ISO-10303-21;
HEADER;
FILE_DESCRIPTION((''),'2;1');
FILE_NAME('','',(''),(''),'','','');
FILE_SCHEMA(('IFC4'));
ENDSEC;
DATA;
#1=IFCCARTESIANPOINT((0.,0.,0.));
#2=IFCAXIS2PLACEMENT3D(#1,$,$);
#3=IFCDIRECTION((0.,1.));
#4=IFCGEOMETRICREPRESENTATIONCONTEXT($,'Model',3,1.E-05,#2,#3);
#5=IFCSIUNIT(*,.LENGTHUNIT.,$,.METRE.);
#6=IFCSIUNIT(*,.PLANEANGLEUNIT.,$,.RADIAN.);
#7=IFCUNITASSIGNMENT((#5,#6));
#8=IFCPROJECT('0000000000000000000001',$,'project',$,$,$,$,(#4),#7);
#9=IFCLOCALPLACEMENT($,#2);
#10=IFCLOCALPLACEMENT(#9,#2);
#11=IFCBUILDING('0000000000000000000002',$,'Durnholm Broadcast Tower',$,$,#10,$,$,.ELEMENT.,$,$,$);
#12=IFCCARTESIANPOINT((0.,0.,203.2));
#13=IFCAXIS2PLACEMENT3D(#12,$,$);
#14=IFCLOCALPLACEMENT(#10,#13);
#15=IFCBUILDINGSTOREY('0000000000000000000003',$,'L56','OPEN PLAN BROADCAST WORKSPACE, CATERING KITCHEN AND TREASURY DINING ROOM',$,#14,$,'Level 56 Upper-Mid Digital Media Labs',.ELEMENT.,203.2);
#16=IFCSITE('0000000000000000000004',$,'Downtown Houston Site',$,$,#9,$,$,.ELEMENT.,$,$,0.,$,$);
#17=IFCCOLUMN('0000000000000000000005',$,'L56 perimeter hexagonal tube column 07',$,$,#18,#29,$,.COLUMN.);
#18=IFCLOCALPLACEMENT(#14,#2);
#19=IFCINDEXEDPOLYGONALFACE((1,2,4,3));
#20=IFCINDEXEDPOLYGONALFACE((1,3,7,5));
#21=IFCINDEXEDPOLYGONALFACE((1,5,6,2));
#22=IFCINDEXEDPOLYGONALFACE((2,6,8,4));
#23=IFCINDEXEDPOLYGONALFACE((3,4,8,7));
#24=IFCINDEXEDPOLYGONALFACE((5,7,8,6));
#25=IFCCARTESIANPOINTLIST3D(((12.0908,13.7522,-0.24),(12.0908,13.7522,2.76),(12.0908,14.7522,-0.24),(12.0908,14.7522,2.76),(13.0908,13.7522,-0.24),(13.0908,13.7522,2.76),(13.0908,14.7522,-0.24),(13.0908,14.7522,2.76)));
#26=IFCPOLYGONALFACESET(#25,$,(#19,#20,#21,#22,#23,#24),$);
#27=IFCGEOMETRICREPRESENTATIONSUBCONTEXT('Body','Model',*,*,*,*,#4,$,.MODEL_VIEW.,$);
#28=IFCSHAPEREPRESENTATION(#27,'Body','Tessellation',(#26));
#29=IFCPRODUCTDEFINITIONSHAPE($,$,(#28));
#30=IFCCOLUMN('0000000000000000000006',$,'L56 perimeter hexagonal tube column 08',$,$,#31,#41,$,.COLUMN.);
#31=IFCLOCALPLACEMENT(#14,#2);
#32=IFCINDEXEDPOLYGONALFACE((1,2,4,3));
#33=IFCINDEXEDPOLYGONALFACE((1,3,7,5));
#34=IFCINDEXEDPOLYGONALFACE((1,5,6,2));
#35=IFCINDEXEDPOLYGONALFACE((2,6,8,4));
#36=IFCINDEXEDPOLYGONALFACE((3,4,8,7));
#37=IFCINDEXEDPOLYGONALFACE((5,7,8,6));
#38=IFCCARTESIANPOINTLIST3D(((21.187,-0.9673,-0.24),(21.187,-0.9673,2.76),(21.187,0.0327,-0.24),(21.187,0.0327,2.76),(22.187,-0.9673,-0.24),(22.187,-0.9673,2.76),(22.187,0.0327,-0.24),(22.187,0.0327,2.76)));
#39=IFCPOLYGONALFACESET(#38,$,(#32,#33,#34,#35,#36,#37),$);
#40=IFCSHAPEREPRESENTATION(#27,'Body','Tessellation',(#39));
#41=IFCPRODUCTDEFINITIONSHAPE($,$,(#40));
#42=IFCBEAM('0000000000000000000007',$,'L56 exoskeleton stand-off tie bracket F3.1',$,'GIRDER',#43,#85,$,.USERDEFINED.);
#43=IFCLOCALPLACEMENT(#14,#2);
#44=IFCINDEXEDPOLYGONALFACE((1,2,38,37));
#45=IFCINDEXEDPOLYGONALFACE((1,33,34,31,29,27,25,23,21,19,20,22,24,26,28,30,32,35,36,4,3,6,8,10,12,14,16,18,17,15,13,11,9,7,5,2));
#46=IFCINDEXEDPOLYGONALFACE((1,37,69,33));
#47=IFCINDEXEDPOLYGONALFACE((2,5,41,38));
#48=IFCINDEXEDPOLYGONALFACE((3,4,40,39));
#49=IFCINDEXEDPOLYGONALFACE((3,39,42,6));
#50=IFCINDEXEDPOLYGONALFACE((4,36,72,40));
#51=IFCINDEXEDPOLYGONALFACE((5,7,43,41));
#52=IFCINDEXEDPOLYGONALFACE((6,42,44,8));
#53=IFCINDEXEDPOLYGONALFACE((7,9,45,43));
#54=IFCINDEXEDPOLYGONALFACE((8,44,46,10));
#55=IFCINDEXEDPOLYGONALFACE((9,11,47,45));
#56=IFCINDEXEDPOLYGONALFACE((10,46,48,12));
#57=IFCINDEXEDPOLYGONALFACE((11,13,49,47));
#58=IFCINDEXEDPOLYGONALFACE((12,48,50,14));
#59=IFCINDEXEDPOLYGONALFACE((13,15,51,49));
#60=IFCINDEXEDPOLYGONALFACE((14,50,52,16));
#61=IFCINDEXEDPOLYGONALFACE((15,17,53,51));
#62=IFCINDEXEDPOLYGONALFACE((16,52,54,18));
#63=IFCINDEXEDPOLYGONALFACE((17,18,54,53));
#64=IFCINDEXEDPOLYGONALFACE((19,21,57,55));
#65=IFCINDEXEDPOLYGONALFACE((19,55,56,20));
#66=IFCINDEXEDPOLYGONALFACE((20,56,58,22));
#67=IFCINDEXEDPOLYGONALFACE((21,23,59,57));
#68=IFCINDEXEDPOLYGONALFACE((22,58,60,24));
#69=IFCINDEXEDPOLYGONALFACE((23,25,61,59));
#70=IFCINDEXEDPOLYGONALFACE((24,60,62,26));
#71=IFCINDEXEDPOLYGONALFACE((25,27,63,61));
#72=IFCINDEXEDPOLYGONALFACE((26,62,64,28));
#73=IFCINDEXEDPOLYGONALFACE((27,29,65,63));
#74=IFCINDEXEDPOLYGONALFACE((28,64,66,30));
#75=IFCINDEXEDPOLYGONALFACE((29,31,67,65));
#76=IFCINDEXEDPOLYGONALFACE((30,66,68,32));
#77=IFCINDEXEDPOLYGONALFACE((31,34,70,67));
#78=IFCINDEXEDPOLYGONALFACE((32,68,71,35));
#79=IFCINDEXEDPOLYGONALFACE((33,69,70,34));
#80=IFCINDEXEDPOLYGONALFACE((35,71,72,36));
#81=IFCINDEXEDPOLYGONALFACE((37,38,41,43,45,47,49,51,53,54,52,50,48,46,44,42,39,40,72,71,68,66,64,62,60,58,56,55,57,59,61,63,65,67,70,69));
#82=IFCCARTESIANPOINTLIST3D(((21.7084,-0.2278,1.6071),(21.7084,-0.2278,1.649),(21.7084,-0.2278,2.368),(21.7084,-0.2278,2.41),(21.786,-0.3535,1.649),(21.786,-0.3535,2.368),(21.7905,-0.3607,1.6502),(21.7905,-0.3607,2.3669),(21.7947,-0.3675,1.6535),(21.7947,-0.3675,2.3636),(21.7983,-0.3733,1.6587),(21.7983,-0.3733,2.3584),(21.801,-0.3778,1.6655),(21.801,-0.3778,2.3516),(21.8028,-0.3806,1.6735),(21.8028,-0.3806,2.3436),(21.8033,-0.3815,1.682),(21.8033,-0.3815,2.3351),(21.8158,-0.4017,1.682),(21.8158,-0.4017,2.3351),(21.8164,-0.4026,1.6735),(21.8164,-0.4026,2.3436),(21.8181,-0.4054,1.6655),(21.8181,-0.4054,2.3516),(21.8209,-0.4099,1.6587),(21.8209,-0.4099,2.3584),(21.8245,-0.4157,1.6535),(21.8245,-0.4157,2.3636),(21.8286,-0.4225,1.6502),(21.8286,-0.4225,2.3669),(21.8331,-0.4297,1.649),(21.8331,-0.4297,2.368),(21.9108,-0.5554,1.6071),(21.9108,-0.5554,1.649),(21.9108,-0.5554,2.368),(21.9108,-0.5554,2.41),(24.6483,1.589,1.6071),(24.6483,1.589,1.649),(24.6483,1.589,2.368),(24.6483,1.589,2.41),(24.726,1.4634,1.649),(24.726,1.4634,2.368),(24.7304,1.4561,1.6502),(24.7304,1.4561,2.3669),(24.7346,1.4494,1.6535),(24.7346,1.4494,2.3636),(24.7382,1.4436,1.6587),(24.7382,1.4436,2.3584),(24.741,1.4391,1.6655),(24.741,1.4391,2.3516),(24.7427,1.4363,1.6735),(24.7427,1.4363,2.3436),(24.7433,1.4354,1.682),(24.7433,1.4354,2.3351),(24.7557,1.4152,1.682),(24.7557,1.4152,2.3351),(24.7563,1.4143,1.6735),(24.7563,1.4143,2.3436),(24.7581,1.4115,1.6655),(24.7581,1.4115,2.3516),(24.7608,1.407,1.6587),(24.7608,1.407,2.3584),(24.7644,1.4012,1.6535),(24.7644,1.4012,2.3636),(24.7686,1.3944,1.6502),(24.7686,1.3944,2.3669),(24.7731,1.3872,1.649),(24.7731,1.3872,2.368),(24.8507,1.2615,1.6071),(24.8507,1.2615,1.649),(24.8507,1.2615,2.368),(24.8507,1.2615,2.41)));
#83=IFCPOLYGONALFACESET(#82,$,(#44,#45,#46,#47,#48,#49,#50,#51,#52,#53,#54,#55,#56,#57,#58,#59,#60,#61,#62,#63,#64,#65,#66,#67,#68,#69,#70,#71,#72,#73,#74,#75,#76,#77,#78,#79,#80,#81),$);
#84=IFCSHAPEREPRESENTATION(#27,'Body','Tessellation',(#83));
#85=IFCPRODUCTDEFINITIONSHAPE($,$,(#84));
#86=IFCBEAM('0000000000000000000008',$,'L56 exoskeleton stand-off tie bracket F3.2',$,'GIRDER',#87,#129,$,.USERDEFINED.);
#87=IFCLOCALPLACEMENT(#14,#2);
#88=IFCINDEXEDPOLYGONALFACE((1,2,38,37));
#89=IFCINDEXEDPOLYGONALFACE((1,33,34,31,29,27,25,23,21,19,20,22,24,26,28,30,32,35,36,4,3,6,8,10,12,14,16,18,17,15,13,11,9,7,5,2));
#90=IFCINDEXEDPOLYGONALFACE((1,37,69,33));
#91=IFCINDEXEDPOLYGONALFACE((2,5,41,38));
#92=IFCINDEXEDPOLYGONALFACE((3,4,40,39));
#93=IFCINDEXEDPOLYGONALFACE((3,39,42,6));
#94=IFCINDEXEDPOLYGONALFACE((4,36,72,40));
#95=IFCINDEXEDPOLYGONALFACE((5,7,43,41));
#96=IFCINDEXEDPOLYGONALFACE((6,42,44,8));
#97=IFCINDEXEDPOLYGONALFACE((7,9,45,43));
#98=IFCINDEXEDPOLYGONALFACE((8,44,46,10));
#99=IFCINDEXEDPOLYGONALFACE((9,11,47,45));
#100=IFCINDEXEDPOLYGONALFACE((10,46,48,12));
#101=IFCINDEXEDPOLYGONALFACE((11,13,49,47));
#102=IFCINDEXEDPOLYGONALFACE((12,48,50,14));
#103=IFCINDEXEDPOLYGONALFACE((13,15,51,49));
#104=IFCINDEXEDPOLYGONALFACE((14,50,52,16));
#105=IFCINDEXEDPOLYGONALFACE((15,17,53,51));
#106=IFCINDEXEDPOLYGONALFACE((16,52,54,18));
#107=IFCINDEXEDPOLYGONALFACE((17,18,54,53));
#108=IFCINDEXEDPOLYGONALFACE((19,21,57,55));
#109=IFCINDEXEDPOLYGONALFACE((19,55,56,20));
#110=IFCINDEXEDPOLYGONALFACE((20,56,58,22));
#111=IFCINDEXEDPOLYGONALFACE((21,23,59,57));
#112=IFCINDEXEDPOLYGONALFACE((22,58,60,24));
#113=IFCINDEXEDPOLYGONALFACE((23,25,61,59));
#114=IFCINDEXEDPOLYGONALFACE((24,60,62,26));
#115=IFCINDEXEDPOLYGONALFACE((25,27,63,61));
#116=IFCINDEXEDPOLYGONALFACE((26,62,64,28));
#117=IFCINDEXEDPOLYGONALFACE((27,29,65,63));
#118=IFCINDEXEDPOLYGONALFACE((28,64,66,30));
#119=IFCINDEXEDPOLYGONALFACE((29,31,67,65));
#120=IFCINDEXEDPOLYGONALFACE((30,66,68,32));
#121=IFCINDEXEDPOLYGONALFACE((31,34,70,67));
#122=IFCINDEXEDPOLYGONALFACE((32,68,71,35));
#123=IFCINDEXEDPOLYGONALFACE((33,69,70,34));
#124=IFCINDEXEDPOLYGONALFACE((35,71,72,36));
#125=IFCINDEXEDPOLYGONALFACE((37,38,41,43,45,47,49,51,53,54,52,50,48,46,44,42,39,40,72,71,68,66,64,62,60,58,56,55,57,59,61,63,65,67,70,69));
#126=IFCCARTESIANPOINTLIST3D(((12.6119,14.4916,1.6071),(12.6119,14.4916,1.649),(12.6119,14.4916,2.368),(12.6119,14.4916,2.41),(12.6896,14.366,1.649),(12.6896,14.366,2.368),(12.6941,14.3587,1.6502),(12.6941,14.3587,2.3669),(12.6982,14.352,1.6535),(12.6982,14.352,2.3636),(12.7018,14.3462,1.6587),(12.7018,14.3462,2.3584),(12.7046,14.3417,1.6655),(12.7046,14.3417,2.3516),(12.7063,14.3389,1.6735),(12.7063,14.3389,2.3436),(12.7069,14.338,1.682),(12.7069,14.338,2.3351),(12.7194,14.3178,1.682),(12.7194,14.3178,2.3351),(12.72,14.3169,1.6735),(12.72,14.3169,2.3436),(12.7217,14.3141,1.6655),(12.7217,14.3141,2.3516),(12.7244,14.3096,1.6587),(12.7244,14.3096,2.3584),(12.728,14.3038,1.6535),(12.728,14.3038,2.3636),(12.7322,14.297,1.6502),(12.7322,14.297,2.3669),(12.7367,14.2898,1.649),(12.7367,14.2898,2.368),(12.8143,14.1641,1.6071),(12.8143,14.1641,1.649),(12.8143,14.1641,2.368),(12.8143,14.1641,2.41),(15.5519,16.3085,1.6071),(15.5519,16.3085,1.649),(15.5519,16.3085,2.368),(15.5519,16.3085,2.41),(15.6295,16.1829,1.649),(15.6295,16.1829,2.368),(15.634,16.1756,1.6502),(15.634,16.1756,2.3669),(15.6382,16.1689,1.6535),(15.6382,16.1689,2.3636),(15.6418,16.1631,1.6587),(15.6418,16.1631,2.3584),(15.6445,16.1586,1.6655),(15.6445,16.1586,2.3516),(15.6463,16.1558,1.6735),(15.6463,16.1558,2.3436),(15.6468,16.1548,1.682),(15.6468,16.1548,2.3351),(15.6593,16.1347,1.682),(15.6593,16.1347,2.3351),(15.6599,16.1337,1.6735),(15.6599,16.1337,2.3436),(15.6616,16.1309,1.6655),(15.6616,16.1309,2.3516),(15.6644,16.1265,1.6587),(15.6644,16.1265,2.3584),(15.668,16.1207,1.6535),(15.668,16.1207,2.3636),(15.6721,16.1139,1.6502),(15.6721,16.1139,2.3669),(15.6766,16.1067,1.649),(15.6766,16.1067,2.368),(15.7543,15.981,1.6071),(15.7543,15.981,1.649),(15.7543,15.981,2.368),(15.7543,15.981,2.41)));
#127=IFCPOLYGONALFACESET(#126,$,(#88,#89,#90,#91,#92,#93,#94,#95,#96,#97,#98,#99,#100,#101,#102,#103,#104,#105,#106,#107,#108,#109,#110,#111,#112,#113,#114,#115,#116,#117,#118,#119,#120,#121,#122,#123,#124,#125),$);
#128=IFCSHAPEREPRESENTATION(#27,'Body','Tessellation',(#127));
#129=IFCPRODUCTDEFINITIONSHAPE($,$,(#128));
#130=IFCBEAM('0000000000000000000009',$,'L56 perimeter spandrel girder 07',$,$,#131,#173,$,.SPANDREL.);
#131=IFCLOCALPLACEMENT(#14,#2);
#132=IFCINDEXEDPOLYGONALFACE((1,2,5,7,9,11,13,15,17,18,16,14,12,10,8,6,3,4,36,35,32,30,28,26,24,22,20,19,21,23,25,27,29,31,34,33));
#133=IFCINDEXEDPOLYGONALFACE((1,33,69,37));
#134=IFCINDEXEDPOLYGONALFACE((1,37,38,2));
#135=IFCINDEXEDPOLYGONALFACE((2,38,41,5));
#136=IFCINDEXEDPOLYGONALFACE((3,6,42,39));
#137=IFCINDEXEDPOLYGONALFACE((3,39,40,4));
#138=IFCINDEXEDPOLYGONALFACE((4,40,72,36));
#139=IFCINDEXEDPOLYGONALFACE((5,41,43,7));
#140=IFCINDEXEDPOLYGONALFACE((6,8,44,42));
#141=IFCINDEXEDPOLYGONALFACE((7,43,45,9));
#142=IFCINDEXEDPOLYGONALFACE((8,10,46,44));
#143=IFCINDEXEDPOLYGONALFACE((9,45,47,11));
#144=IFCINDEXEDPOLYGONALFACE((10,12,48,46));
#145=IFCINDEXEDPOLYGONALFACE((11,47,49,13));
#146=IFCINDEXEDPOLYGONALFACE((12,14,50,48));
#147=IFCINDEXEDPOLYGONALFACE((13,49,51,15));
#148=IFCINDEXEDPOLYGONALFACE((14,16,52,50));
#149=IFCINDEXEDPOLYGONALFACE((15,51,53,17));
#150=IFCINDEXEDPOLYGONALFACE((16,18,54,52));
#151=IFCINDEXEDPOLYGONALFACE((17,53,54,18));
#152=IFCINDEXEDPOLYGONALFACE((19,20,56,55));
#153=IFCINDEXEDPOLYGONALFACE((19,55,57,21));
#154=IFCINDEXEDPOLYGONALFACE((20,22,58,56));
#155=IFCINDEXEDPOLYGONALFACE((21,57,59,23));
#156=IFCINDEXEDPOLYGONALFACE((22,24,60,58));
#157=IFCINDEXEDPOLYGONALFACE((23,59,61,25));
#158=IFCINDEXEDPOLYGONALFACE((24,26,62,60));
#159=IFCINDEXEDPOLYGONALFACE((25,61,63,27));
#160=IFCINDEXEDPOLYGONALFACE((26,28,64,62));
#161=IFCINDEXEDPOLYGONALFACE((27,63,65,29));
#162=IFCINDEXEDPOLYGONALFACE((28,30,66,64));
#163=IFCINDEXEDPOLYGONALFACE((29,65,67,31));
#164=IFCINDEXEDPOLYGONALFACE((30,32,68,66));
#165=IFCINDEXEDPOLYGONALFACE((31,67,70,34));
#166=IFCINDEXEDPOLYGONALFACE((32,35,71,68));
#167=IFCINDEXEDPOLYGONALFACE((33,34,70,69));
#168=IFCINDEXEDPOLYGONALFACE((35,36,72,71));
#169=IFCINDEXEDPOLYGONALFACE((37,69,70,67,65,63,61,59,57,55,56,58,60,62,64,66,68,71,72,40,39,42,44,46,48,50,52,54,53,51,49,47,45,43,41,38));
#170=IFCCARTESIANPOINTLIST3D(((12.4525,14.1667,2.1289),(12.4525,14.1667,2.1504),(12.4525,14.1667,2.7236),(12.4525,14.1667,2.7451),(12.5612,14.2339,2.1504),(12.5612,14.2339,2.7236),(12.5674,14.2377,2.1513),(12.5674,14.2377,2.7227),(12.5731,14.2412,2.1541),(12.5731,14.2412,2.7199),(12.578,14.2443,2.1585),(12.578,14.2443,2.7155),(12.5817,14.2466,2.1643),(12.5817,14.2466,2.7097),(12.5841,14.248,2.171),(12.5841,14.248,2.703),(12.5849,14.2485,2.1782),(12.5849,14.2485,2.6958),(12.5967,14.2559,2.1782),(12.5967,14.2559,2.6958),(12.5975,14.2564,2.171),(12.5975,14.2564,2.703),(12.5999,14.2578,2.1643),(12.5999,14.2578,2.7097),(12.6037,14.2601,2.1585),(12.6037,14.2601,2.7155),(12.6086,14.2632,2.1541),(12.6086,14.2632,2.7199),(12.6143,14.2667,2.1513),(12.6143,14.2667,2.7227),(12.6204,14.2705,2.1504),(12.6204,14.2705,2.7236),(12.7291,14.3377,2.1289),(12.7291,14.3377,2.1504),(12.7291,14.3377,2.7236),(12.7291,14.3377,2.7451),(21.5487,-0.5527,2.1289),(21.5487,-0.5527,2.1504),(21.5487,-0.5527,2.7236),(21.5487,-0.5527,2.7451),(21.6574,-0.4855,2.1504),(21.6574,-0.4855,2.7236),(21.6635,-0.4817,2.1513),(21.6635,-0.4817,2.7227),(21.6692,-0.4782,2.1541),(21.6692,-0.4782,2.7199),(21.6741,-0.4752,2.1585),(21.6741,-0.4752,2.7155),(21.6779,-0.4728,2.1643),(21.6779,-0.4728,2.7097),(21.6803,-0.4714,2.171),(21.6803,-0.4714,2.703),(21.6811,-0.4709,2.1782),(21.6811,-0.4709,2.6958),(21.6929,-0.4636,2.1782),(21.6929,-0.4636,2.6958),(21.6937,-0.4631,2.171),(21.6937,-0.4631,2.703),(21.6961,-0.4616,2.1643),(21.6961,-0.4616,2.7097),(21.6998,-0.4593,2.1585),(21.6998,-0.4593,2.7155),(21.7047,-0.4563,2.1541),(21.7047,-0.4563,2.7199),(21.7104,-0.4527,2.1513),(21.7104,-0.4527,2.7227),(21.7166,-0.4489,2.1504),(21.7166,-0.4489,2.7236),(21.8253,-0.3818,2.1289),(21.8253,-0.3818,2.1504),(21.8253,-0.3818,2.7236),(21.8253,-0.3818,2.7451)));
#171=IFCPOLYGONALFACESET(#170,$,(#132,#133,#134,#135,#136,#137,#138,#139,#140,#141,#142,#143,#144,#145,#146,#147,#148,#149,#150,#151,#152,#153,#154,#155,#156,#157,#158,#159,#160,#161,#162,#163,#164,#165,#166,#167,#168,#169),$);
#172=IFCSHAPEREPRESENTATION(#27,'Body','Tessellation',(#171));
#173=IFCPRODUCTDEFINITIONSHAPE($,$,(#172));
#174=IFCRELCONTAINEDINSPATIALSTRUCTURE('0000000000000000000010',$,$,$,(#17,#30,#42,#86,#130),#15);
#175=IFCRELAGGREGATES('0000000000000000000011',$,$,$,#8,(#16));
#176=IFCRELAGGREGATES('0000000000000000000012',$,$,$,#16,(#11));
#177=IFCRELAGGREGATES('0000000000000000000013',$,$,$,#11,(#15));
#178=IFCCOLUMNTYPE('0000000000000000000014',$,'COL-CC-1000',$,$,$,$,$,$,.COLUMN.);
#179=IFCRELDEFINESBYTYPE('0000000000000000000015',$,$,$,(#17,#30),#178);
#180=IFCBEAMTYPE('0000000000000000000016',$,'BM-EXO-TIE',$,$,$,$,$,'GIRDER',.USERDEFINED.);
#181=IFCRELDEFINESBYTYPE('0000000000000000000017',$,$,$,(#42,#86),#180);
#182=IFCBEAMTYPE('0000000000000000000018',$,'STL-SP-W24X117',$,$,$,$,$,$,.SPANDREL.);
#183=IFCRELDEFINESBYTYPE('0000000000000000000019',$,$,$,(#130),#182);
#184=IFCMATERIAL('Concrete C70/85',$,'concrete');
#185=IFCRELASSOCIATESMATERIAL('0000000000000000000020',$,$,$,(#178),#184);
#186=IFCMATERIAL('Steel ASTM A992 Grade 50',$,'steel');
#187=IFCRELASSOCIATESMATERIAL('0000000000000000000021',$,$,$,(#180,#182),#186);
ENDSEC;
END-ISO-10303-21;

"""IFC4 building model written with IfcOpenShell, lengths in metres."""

from ifc_helpers import new_model, si_unit, direction, frame, origin, origin_2d, place, context, subcontext, project, spatial, rectangle, i_section, extrude, source, transform, mapped, material, material_profile, profile_set, type_object, type_shapes, element, save


model = new_model("IFC4")

# Units and contexts
model_context = context("Model", 3, precision=1e-05, world=origin(), true_north=direction((0.0, 1.0)))
body_context = subcontext(model_context, "Body", "Model", "MODEL_VIEW")
ifc_project = project(units=[si_unit("LENGTHUNIT", "METRE"), si_unit("PLANEANGLEUNIT", "RADIAN")], contexts=[model_context])

# Site, building, storey
site_placement = place(None, origin())
site = spatial("IfcSite", under=ifc_project, at=site_placement, Name="Downtown Houston Site", CompositionType="ELEMENT", RefElevation=0.0)
building_placement = place(site_placement, origin())
building = spatial("IfcBuilding", under=site, at=building_placement, Name="Durnholm Broadcast Tower", CompositionType="ELEMENT")
storey_placement = place(building_placement, frame((0.0, 0.0, 203.2)))
storey = spatial("IfcBuildingStorey", under=building, at=storey_placement, Name="L56", Description="OPEN PLAN BROADCAST WORKSPACE, CATERING KITCHEN AND TREASURY DINING ROOM", LongName="Level 56 Upper-Mid Digital Media Labs", CompositionType="ELEMENT", Elevation=203.2)

# Columns
ifc_material_1 = material(Name="Concrete C70/85", Category="concrete")
ifc_material_profile_1 = material_profile(ifc_material_1, rectangle(XDim=1.0, YDim=1.0, at=origin_2d()), Name="RC1000X1000")
ifc_profile_set_1 = profile_set([ifc_material_profile_1], Name="Concrete C70/85")
column_type = type_object("IfcColumnType", Name="COL-CC-1000", PredefinedType="COLUMN", material=ifc_profile_set_1)
shared_shape_1 = source(origin(), body_context, "Body", "SweptSolid", [
    extrude(rectangle(XDim=1.0, YDim=1.0, at=origin_2d()), origin(), (0.0, 0.0, 1.0), 3.0),
])
type_shapes(column_type, [shared_shape_1])
for number, where, z_axis, x_axis, name in (
    (1, (12.5908, 14.2522, -0.24), (0.0, 0.0, 1.0), (1.0, 0.0, 0.0), "L56 perimeter hexagonal tube column 07"),
    (2, (21.687, -0.4673, -0.24), (0.0, 0.0, 1.0), (1.0, 0.0, 0.0), "L56 perimeter hexagonal tube column 08"),
):
    element("IfcColumn", number, at=place(storey_placement, frame(where, z_axis=z_axis, x_axis=x_axis)), inside=storey, type_object=column_type, Name=name, PredefinedType="COLUMN", context=body_context, shape_type="MappedRepresentation", body=[
        mapped(shared_shape_1, transform((0.0, 0.0, 0.0), x_axis=(1.0, 0.0, 0.0), y_axis=(0.0, 1.0, 0.0), z_axis=(0.0, 0.0, 1.0), scale=1.0)),
    ])

# Beams
ifc_material_2 = material(Name="Steel ASTM A992 Grade 50", Category="steel")
ifc_material_profile_2 = material_profile(ifc_material_2, i_section(OverallWidth=0.385, OverallDepth=0.803, WebThickness=0.0237, FlangeThickness=0.042, FilletRadius=0.033, at=origin_2d()), Name="W30X261")
ifc_profile_set_2 = profile_set([ifc_material_profile_2], Name="Steel ASTM A992 Grade 50")
beam_type_1 = type_object("IfcBeamType", Name="BM-EXO-TIE", ElementType="GIRDER", PredefinedType="USERDEFINED", material=ifc_profile_set_2)
shared_shape_2 = source(origin(), body_context, "Body", "SweptSolid", [
    extrude(i_section(OverallWidth=0.385, OverallDepth=0.803, WebThickness=0.0237, FlangeThickness=0.042, FilletRadius=0.033, at=origin_2d()), origin(), (0.0, 0.0, 1.0), 3.4561),
])
for number, where, z_axis, x_axis, name in (
    (3, (21.8096, -0.3916, 2.0085), (0.850662, 0.525712, 0.0), (-0.525712, 0.850662, 0.0), "L56 exoskeleton stand-off tie bracket F3.1"),
    (4, (12.7131, 14.3279, 2.0085), (0.850662, 0.525712, 0.0), (-0.525712, 0.850662, 0.0), "L56 exoskeleton stand-off tie bracket F3.2"),
):
    element("IfcBeam", number, at=place(storey_placement, frame(where, z_axis=z_axis, x_axis=x_axis)), inside=storey, type_object=beam_type_1, Name=name, ObjectType="GIRDER", PredefinedType="USERDEFINED", context=body_context, shape_type="MappedRepresentation", body=[
        mapped(shared_shape_2, transform((0.0, 0.0, 0.0), x_axis=(1.0, 0.0, 0.0), y_axis=(0.0, 1.0, 0.0), z_axis=(0.0, 0.0, 1.0), scale=1.0)),
    ])
ifc_material_profile_3 = material_profile(ifc_material_2, i_section(OverallWidth=0.3252, OverallDepth=0.6162, WebThickness=0.0139, FlangeThickness=0.0215, FilletRadius=0.0278, at=origin_2d()), Name="W24X117")
ifc_profile_set_3 = profile_set([ifc_material_profile_3], Name="Steel ASTM A992 Grade 50")
beam_type_2 = type_object("IfcBeamType", Name="STL-SP-W24X117", PredefinedType="SPANDREL", material=ifc_profile_set_3)
shared_shape_3 = source(origin(), body_context, "Body", "SweptSolid", [
    extrude(i_section(OverallWidth=0.3252, OverallDepth=0.6162, WebThickness=0.0139, FlangeThickness=0.0215, FilletRadius=0.0278, at=origin_2d()), origin(), (0.0, 0.0, 1.0), 17.3032),
])
beam_1_placement = place(storey_placement, frame((12.5908, 14.2522, 2.437), z_axis=(0.525691, -0.850675, 0.0), x_axis=(0.850675, 0.525691, 0.0)))
element("IfcBeam", 5, at=beam_1_placement, inside=storey, type_object=beam_type_2, Name="L56 perimeter spandrel girder 07", PredefinedType="SPANDREL", context=body_context, shape_type="MappedRepresentation", body=[
    mapped(shared_shape_3, transform((0.0, 0.0, 0.0), x_axis=(1.0, 0.0, 0.0), y_axis=(0.0, 1.0, 0.0), z_axis=(0.0, 0.0, 1.0), scale=1.0)),
])

save(model, "model.ifc")
